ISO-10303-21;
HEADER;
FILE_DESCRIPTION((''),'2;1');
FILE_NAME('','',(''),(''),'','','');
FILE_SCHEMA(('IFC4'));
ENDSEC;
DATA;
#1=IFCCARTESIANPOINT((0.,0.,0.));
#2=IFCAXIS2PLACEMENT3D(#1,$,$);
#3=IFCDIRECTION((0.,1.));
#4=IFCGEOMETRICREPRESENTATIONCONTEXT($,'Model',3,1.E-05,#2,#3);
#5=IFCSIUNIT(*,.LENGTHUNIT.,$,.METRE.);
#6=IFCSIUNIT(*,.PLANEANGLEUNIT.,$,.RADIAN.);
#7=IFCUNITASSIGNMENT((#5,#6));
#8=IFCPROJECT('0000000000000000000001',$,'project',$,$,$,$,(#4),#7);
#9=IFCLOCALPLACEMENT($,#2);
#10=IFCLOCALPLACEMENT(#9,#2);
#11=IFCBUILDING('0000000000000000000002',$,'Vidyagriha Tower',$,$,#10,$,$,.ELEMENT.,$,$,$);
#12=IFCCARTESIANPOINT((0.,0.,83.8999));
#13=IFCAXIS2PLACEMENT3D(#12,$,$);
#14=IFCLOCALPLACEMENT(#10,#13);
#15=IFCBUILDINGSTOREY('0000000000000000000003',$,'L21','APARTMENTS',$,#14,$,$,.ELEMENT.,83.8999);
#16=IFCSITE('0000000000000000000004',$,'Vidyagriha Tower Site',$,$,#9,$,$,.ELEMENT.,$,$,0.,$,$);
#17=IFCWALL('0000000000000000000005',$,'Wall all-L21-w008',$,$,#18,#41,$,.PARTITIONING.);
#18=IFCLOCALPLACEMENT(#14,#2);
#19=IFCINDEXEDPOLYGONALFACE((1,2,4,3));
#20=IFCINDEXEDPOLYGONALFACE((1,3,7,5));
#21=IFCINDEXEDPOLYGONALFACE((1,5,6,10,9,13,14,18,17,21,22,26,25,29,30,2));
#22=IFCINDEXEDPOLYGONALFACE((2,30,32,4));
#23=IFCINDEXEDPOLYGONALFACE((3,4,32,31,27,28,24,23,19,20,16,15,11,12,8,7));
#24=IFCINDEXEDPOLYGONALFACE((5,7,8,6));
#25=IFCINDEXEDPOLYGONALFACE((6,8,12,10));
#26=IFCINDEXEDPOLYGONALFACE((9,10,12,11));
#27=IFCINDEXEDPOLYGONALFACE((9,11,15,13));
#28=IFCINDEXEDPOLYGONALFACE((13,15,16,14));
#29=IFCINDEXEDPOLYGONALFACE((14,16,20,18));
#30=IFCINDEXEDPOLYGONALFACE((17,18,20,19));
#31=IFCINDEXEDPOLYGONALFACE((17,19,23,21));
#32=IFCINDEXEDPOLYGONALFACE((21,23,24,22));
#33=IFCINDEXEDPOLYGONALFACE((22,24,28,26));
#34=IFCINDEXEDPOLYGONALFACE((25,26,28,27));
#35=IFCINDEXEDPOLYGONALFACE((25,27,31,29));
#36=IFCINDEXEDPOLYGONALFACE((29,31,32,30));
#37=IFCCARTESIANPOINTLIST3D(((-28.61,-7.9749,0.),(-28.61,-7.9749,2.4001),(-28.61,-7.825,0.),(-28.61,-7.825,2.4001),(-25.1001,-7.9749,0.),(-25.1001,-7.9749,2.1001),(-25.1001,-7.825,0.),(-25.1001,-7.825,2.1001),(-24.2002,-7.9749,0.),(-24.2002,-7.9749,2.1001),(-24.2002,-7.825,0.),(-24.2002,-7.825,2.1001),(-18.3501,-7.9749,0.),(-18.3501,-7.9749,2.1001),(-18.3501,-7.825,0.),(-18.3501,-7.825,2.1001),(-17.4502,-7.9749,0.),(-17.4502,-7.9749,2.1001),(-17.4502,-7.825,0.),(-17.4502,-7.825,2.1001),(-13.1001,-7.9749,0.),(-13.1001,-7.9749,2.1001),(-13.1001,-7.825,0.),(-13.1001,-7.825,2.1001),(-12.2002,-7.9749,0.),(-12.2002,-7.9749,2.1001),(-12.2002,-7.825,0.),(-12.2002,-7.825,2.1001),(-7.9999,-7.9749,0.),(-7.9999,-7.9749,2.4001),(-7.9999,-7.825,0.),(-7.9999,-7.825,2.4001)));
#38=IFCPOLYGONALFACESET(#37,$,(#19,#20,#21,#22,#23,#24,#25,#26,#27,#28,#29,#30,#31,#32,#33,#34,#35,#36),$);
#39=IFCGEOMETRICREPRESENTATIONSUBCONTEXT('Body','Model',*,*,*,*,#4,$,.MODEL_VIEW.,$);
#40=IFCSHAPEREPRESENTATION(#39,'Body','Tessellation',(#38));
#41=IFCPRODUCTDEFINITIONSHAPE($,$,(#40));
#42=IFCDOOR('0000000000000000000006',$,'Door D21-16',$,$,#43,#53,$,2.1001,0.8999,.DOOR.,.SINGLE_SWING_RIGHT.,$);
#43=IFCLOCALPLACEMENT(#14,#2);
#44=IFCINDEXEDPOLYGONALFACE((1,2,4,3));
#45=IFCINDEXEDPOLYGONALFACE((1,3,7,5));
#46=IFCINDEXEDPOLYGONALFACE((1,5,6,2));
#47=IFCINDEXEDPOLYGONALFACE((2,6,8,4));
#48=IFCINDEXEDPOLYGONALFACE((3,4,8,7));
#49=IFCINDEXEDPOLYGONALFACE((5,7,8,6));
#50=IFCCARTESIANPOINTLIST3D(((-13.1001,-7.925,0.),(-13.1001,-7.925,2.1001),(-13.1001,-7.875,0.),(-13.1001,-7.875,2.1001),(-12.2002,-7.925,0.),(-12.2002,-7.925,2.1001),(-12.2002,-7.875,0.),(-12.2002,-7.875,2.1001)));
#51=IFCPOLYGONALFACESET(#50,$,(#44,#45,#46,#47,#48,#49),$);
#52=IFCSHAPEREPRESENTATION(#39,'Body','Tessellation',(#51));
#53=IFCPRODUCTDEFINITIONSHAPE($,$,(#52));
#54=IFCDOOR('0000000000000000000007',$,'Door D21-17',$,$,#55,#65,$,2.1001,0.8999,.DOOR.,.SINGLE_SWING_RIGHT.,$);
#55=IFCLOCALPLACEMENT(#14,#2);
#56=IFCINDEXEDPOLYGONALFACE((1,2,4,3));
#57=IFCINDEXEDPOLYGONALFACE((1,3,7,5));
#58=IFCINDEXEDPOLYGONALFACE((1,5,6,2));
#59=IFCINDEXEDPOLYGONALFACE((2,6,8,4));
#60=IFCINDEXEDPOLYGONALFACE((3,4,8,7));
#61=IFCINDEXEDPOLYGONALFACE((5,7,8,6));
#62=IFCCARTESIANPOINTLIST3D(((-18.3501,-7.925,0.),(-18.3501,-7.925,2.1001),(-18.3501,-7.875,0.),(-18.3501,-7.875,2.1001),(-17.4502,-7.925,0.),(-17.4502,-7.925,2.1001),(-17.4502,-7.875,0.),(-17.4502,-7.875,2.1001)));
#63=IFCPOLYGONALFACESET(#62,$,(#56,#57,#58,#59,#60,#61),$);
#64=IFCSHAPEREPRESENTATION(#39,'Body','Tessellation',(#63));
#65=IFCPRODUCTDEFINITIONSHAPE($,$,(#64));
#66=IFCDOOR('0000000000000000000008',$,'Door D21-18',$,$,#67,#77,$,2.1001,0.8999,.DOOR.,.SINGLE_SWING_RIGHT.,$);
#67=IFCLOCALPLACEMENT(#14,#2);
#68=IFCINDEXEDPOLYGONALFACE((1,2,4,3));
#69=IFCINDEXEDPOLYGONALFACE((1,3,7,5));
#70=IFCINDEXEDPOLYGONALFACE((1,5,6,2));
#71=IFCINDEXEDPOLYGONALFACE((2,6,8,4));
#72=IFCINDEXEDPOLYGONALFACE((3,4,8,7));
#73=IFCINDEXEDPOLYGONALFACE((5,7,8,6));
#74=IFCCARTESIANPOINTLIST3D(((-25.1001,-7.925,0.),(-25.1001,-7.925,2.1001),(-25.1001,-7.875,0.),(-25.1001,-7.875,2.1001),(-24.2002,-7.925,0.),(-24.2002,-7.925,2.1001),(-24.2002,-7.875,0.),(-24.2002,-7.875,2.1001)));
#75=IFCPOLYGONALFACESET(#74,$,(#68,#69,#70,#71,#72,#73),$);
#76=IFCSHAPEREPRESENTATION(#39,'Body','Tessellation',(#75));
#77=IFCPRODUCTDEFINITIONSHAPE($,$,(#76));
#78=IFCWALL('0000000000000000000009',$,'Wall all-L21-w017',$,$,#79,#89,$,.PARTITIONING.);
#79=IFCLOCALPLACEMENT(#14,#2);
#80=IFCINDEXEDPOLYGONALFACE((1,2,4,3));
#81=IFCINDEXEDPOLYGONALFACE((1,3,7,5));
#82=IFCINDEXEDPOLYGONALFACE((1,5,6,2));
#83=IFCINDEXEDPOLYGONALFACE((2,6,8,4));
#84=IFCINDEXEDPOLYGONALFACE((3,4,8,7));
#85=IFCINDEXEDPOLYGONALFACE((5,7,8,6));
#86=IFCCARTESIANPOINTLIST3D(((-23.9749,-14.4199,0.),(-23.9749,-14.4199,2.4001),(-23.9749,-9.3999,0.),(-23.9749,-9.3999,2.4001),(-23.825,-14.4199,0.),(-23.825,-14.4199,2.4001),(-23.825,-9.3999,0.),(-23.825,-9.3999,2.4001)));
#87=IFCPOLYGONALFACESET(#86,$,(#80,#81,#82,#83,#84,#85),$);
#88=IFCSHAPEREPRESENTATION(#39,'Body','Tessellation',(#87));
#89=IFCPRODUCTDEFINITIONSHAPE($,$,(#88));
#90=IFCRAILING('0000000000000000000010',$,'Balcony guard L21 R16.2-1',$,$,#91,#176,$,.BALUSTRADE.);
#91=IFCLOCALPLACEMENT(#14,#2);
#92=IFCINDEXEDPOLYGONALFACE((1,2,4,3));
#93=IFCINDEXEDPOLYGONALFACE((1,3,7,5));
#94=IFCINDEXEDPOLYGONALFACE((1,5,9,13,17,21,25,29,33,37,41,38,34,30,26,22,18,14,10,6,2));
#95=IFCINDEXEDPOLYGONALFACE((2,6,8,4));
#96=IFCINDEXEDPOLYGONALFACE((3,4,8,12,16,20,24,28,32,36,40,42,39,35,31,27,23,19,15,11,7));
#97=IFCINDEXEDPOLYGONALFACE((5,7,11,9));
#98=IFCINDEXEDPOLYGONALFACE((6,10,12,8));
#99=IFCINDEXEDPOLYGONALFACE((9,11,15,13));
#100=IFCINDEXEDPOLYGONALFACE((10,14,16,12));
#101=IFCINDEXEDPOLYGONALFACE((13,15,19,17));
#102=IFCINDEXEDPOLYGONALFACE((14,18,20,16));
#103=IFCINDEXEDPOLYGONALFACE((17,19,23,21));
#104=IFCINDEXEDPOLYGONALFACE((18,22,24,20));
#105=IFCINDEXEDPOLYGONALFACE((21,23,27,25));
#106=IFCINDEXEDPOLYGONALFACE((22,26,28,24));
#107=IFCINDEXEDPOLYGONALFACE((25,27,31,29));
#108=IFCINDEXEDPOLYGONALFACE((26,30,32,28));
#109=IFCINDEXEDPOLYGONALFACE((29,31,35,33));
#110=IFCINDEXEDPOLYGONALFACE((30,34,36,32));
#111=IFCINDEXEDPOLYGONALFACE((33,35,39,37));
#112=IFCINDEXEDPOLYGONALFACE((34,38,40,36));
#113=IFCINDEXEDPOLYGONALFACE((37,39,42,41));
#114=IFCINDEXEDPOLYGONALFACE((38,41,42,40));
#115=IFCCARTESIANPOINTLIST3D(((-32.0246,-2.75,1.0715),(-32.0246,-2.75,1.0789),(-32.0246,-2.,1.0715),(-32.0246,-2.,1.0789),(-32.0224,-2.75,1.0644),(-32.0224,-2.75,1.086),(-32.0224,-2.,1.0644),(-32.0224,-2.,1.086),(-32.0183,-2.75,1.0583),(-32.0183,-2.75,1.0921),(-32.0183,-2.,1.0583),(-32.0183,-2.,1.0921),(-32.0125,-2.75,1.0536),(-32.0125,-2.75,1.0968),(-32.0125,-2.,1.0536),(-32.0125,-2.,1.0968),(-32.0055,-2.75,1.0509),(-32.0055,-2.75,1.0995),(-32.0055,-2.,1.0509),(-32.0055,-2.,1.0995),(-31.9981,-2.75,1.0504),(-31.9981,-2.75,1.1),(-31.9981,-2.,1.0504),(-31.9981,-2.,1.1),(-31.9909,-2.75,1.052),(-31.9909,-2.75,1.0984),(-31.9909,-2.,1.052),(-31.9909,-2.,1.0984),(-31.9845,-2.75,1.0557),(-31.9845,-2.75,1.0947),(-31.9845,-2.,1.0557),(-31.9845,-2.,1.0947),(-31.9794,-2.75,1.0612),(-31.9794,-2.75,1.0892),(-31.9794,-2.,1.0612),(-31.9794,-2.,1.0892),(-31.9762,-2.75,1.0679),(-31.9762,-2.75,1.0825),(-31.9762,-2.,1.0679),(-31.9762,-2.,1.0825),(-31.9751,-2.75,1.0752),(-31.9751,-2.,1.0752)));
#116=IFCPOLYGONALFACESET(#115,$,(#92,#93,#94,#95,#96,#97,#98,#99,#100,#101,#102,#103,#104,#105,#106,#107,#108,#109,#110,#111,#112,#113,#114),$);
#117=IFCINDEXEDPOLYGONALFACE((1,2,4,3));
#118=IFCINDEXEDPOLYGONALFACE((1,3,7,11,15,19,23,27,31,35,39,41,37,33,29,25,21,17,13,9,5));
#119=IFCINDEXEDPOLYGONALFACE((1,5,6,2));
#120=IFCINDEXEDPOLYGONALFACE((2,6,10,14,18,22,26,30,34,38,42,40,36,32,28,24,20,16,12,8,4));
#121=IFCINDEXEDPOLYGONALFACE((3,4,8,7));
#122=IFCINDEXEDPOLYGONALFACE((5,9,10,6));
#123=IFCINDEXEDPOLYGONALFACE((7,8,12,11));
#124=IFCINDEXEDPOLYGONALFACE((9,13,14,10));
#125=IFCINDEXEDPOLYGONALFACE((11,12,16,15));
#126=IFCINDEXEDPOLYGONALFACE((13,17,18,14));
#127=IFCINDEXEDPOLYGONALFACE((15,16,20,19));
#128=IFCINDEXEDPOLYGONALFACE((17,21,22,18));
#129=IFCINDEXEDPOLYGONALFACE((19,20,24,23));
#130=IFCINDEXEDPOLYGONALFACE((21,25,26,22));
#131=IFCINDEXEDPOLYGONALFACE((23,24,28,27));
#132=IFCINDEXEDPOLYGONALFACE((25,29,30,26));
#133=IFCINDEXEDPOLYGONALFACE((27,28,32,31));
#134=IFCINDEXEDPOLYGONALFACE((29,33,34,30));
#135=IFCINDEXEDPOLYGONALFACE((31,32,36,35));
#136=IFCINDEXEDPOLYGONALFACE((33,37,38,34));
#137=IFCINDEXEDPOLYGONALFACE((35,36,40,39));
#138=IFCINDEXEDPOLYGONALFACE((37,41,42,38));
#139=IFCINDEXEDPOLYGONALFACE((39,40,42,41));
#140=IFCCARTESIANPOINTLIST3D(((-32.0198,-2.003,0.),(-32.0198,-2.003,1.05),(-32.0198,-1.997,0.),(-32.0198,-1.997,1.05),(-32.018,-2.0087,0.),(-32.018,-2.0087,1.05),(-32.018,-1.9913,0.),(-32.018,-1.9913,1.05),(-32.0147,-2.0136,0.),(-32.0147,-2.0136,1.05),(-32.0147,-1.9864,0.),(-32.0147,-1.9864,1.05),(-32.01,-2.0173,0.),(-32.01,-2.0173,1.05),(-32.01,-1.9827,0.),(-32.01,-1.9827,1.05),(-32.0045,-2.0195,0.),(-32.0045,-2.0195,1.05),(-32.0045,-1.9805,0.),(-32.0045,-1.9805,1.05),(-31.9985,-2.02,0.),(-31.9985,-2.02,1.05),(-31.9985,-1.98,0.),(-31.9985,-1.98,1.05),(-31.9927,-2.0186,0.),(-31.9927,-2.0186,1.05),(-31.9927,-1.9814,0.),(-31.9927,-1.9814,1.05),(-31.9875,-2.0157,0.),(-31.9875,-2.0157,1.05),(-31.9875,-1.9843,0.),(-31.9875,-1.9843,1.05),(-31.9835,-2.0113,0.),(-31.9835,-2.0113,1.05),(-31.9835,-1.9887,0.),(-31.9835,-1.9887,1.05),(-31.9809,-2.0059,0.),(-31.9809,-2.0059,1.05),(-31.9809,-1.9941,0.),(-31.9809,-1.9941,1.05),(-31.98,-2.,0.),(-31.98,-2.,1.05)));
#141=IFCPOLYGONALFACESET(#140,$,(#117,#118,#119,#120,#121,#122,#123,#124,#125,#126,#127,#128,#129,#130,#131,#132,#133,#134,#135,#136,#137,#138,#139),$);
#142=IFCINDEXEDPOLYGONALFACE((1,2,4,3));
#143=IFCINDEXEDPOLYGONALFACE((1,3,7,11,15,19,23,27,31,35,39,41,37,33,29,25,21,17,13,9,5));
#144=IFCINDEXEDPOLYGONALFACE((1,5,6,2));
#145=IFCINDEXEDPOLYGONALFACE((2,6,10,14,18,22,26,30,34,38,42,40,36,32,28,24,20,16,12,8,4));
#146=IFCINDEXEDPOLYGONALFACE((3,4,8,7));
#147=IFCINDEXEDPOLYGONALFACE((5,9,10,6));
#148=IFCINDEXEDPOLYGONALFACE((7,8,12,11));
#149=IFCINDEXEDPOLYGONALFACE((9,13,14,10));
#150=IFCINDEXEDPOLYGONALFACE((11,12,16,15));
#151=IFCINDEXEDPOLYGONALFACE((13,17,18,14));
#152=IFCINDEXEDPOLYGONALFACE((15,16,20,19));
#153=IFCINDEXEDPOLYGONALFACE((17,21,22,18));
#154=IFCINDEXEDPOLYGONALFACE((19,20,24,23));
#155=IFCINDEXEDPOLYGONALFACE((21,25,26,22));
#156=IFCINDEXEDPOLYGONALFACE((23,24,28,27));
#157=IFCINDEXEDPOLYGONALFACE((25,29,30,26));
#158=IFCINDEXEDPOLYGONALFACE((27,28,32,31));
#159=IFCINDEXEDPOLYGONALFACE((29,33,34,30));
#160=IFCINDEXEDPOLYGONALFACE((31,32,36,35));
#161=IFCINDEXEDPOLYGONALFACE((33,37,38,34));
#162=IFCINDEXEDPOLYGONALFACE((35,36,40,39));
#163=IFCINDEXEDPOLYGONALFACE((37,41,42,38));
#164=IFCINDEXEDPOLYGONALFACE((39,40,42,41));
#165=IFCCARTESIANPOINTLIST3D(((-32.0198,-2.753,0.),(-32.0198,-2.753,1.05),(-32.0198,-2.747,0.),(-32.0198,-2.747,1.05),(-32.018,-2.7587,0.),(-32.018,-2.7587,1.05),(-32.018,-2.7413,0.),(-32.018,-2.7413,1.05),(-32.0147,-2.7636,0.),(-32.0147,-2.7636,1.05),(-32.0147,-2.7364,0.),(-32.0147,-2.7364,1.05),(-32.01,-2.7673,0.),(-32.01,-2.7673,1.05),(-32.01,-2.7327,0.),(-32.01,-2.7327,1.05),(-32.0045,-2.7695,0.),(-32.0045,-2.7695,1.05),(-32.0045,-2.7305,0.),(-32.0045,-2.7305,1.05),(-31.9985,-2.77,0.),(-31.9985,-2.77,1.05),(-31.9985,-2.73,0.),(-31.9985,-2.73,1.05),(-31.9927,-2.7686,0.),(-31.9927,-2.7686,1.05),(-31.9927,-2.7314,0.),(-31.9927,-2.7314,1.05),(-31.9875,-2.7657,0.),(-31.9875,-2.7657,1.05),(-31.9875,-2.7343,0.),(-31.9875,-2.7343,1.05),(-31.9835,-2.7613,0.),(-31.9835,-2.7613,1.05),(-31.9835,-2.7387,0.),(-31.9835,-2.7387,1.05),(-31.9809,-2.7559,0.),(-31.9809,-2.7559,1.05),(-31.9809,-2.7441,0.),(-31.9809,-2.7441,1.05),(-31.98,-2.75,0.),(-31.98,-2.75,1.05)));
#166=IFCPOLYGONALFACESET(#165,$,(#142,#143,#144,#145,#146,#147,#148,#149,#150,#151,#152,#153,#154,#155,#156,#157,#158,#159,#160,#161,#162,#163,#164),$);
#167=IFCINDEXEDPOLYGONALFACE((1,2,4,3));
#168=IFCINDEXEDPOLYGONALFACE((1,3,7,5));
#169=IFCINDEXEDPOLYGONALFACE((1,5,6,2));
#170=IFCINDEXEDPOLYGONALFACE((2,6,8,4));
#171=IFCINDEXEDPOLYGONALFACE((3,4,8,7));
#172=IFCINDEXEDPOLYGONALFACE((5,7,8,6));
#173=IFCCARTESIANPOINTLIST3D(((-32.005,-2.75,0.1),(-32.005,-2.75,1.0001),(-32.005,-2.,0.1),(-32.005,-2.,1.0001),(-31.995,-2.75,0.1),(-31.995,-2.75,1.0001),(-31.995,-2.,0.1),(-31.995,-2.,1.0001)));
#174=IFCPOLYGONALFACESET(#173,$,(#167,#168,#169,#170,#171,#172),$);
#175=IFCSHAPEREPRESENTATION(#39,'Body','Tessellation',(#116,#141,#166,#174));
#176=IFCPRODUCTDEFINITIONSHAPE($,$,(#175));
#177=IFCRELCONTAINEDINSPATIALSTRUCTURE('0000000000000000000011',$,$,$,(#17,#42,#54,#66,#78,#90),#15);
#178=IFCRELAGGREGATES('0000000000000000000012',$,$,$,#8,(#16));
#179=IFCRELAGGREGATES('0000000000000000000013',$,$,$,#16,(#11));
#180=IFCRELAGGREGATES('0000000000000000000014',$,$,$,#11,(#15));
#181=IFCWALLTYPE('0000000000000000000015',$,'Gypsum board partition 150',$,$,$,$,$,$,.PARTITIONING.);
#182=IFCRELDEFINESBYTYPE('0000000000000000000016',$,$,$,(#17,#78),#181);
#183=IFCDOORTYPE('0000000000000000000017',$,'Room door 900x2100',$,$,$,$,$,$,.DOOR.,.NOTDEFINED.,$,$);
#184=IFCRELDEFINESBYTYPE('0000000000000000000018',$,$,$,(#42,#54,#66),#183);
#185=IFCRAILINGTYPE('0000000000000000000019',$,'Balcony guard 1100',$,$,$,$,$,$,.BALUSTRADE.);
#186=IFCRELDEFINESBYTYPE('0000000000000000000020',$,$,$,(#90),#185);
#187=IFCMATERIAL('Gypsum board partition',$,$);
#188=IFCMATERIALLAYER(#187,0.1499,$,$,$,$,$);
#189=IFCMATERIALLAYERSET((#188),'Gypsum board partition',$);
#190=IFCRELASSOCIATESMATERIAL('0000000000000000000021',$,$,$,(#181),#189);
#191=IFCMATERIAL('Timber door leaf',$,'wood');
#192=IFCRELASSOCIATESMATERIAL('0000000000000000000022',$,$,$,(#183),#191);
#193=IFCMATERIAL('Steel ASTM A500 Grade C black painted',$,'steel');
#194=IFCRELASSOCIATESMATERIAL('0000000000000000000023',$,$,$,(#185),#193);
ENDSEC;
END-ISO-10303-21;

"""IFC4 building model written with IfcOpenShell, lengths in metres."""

from ifc_helpers import new_model, si_unit, direction, frame, frame_2d, origin, origin_2d, place, context, subcontext, project, spatial, rectangle, circle, extrude, material, layer, layer_set, type_object, element, fill, save


model = new_model("IFC4")

# Units and contexts
model_context = context("Model", 3, precision=1e-05, world=origin(), true_north=direction((0.0, 1.0)))
body_context = subcontext(model_context, "Body", "Model", "MODEL_VIEW")
ifc_project = project(units=[si_unit("LENGTHUNIT", "METRE"), si_unit("PLANEANGLEUNIT", "RADIAN")], contexts=[model_context])

# Site, building, storey
site_placement = place(None, origin())
site = spatial("IfcSite", under=ifc_project, at=site_placement, Name="Vidyagriha Tower Site", CompositionType="ELEMENT", RefElevation=0.0)
building_placement = place(site_placement, origin())
building = spatial("IfcBuilding", under=site, at=building_placement, Name="Vidyagriha Tower", CompositionType="ELEMENT")
storey_placement = place(building_placement, frame((0.0, 0.0, 83.8999)))
storey = spatial("IfcBuildingStorey", under=building, at=storey_placement, Name="L21", Description="APARTMENTS", CompositionType="ELEMENT", Elevation=83.8999)

# Shared definitions
ifc_material_1 = material(Name="Gypsum board partition")
ifc_layer_1 = layer(ifc_material_1, 0.1499)
ifc_layer_set_1 = layer_set([ifc_layer_1], Name="Gypsum board partition")
wall_type_1 = type_object("IfcWallType", Name="Gypsum board partition 150", PredefinedType="PARTITIONING", material=ifc_layer_set_1)

# Wall, openings, doors
wall_1_placement = place(storey_placement, frame((-28.6101, -7.8999, 0.0)))
wall_1 = element("IfcWall", 1, at=wall_1_placement, inside=storey, type_object=wall_type_1, Name="Wall all-L21-w008", PredefinedType="PARTITIONING", context=body_context, shape_type="SweptSolid", body=[
    extrude(rectangle(XDim=20.6101, YDim=0.1499, at=frame_2d((10.3052, 0.0))), origin(), (0.0, 0.0, 1.0), 2.4001),
])
opening_1_placement = place(wall_1_placement, frame((15.51, 0.0, 0.0)))
opening_1 = element("IfcOpeningElement", 2, at=opening_1_placement, cuts=wall_1, PredefinedType="OPENING", context=body_context, shape_type="SweptSolid", body=[
    extrude(rectangle(XDim=0.8999, YDim=2.1001, at=frame_2d((0.45, 1.05))), frame((0.0, 0.085, 0.0), z_axis=(0.0, -1.0, 0.0), x_axis=(1.0, 0.0, 0.0)), (0.0, 0.0, 1.0), 0.1699),
])
opening_2_placement = place(wall_1_placement, frame((10.26, 0.0, 0.0)))
opening_2 = element("IfcOpeningElement", 3, at=opening_2_placement, cuts=wall_1, PredefinedType="OPENING", context=body_context, shape_type="SweptSolid", body=[
    extrude(rectangle(XDim=0.8999, YDim=2.1001, at=frame_2d((0.45, 1.05))), frame((0.0, 0.085, 0.0), z_axis=(0.0, -1.0, 0.0), x_axis=(1.0, 0.0, 0.0)), (0.0, 0.0, 1.0), 0.1699),
])
opening_3_placement = place(wall_1_placement, frame((3.51, 0.0, 0.0)))
opening_3 = element("IfcOpeningElement", 4, at=opening_3_placement, cuts=wall_1, PredefinedType="OPENING", context=body_context, shape_type="SweptSolid", body=[
    extrude(rectangle(XDim=0.8999, YDim=2.1001, at=frame_2d((0.45, 1.05))), frame((0.0, 0.085, 0.0), z_axis=(0.0, -1.0, 0.0), x_axis=(1.0, 0.0, 0.0)), (0.0, 0.0, 1.0), 0.1699),
])
ifc_material_2 = material(Name="Timber door leaf", Category="wood")
door_type_1 = type_object("IfcDoorType", Name="Room door 900x2100", OperationType="NOTDEFINED", PredefinedType="DOOR", material=ifc_material_2)
door_1_placement = place(opening_1_placement, origin())
door_1 = element("IfcDoor", 5, at=door_1_placement, inside=storey, type_object=door_type_1, Name="Door D21-16", OperationType="SINGLE_SWING_RIGHT", OverallHeight=2.1001, OverallWidth=0.8999, PredefinedType="DOOR", context=body_context, shape_type="SweptSolid", body=[
    extrude(rectangle(XDim=0.8999, YDim=2.1001, at=frame_2d((0.45, 1.05))), frame((0.0, 0.0249, 0.0), z_axis=(0.0, -1.0, 0.0), x_axis=(1.0, 0.0, 0.0)), (0.0, 0.0, 1.0), 0.05),
])
fill(opening_1, door_1)
door_2_placement = place(opening_2_placement, origin())
door_2 = element("IfcDoor", 6, at=door_2_placement, inside=storey, type_object=door_type_1, Name="Door D21-17", OperationType="SINGLE_SWING_RIGHT", OverallHeight=2.1001, OverallWidth=0.8999, PredefinedType="DOOR", context=body_context, shape_type="SweptSolid", body=[
    extrude(rectangle(XDim=0.8999, YDim=2.1001, at=frame_2d((0.45, 1.05))), frame((0.0, 0.0249, 0.0), z_axis=(0.0, -1.0, 0.0), x_axis=(1.0, 0.0, 0.0)), (0.0, 0.0, 1.0), 0.05),
])
fill(opening_2, door_2)
door_3_placement = place(opening_3_placement, origin())
door_3 = element("IfcDoor", 7, at=door_3_placement, inside=storey, type_object=door_type_1, Name="Door D21-18", OperationType="SINGLE_SWING_RIGHT", OverallHeight=2.1001, OverallWidth=0.8999, PredefinedType="DOOR", context=body_context, shape_type="SweptSolid", body=[
    extrude(rectangle(XDim=0.8999, YDim=2.1001, at=frame_2d((0.45, 1.05))), frame((0.0, 0.0249, 0.0), z_axis=(0.0, -1.0, 0.0), x_axis=(1.0, 0.0, 0.0)), (0.0, 0.0, 1.0), 0.05),
])
fill(opening_3, door_3)

# Wall
wall_2_placement = place(storey_placement, frame((-23.8999, -9.3999, 0.0), z_axis=(0.0, 0.0, 1.0), x_axis=(0.0, -1.0, 0.0)))
element("IfcWall", 8, at=wall_2_placement, inside=storey, type_object=wall_type_1, Name="Wall all-L21-w017", PredefinedType="PARTITIONING", context=body_context, shape_type="SweptSolid", body=[
    extrude(rectangle(XDim=5.02, YDim=0.1499, at=frame_2d((2.51, 0.0))), origin(), (0.0, 0.0, 1.0), 2.4001),
])

# Railing
ifc_material_3 = material(Name="Steel ASTM A500 Grade C black painted", Category="steel")
railing_type_1 = type_object("IfcRailingType", Name="Balcony guard 1100", PredefinedType="BALUSTRADE", material=ifc_material_3)
railing_1_placement = place(storey_placement, frame((-32.0, -2.0, 0.0)))
element("IfcRailing", 9, at=railing_1_placement, inside=storey, type_object=railing_type_1, Name="Balcony guard L21 R16.2-1", PredefinedType="BALUSTRADE", context=body_context, shape_type="SweptSolid", body=[
    extrude(circle(Radius=0.0249, at=origin_2d()), frame((0.0, 0.0, 1.0752), z_axis=(0.0, -1.0, 0.0), x_axis=(1.0, 0.0, 0.0)), (0.0, 0.0, 1.0), 0.75),
    extrude(circle(Radius=0.02, at=origin_2d()), origin(), (0.0, 0.0, 1.0), 1.05),
    extrude(circle(Radius=0.02, at=origin_2d()), frame((0.0, -0.75, 0.0)), (0.0, 0.0, 1.0), 1.05),
    extrude(rectangle(XDim=0.01, YDim=0.9001, at=origin_2d()), frame((0.0, 0.0, 0.55), z_axis=(0.0, -1.0, 0.0), x_axis=(1.0, 0.0, 0.0)), (0.0, 0.0, 1.0), 0.75),
])

save(model, "model.ifc")
